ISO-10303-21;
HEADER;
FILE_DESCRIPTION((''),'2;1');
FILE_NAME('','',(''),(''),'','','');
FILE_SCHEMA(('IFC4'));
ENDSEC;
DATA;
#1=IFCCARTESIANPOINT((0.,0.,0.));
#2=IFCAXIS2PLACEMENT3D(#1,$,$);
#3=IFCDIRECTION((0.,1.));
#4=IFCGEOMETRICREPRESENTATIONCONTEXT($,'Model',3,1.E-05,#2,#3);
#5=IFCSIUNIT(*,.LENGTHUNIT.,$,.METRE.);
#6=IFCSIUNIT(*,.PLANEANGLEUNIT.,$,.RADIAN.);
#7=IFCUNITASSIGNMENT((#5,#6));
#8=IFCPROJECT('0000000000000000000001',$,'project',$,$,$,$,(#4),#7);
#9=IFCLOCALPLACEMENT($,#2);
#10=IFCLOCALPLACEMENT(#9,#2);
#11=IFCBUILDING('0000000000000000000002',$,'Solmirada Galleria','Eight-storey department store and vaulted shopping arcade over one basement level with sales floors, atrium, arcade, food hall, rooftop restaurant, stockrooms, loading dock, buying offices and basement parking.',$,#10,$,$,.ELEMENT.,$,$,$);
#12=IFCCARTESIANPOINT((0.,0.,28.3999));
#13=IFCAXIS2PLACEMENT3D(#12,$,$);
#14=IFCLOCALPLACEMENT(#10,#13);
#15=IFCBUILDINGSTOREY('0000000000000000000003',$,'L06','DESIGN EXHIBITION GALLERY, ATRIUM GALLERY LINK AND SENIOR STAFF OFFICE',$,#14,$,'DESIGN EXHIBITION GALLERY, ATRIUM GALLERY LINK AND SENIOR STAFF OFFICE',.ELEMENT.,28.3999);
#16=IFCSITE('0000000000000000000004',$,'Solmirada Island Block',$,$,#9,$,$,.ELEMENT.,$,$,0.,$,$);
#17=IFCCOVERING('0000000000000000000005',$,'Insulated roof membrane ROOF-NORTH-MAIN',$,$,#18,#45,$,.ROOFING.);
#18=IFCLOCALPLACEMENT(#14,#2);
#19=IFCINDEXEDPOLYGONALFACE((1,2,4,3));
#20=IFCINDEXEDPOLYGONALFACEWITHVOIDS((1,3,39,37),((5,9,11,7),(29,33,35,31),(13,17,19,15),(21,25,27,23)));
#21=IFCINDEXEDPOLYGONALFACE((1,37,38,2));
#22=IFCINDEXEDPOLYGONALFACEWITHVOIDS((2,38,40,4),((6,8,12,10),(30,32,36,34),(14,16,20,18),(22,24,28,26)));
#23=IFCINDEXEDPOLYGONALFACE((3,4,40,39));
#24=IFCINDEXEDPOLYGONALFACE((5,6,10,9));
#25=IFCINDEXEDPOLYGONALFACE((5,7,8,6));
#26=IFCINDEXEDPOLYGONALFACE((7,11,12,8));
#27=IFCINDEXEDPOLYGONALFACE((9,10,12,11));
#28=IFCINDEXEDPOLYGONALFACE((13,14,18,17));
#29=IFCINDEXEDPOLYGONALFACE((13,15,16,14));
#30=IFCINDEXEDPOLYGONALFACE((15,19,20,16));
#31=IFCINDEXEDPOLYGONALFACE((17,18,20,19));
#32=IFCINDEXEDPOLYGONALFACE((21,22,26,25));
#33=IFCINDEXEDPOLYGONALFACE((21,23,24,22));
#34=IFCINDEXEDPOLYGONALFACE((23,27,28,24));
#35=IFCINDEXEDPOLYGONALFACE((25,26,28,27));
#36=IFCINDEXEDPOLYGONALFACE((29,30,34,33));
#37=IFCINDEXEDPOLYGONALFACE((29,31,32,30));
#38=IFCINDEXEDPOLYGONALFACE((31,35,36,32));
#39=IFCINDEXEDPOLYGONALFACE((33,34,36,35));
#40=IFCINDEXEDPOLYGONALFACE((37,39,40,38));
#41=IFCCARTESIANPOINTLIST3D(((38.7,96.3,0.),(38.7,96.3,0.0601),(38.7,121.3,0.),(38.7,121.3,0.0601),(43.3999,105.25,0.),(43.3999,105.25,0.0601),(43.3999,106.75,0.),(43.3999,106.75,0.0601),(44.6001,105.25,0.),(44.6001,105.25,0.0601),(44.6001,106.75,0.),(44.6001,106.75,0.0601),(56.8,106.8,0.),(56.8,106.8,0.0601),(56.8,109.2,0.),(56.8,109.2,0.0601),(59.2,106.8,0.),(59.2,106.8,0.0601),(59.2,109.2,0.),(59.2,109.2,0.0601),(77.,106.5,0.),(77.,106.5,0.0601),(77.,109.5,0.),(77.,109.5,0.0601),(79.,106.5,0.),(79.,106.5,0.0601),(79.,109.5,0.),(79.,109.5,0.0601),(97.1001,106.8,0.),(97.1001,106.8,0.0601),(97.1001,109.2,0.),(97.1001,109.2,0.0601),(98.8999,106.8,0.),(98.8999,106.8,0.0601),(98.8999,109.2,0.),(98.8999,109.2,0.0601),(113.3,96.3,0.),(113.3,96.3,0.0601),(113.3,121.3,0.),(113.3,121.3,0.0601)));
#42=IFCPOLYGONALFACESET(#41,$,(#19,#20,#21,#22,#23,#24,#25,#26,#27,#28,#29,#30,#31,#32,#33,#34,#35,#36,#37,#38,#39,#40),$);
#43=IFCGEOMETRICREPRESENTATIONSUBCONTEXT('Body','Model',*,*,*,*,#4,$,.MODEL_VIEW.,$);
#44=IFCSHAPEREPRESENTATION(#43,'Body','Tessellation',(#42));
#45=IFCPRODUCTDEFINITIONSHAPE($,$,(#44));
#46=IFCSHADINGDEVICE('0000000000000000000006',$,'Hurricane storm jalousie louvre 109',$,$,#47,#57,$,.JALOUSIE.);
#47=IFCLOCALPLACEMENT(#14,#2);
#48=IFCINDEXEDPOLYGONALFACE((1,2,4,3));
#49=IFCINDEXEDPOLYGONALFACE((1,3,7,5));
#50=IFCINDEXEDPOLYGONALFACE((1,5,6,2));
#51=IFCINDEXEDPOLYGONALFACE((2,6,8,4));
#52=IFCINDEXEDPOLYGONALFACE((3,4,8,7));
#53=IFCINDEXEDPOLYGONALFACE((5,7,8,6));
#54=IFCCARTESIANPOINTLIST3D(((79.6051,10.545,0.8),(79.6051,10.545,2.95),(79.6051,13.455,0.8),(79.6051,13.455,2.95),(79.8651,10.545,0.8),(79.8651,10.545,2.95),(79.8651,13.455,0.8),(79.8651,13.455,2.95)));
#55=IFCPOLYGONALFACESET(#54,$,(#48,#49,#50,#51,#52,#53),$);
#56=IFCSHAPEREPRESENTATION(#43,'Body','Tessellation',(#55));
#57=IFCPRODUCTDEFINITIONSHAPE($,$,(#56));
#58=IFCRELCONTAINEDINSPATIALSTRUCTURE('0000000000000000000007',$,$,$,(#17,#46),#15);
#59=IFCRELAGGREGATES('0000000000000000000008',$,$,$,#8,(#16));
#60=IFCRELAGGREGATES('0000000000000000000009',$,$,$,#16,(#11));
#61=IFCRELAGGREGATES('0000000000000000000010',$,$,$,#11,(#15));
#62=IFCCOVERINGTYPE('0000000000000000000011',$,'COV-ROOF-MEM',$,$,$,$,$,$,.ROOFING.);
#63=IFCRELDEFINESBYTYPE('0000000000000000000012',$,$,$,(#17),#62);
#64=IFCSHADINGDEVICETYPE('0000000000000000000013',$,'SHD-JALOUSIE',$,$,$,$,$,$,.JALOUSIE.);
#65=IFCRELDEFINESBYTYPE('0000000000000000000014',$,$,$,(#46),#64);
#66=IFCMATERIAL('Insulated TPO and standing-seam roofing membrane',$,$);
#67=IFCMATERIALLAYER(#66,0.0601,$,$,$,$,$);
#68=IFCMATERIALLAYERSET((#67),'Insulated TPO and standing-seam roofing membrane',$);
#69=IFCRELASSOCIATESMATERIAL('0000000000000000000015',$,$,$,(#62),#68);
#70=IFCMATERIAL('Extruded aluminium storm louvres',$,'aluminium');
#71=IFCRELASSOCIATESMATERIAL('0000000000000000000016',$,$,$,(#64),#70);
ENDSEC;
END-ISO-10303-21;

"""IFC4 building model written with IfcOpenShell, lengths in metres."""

from ifc_helpers import new_model, si_unit, direction, frame, origin, origin_2d, place, context, subcontext, project, spatial, polyline, rectangle, outline, extrude, material, layer, layer_set, type_object, element, save


model = new_model("IFC4")

# Units and contexts
model_context = context("Model", 3, precision=1e-05, world=origin(), true_north=direction((0.0, 1.0)))
body_context = subcontext(model_context, "Body", "Model", "MODEL_VIEW")
ifc_project = project(units=[si_unit("LENGTHUNIT", "METRE"), si_unit("PLANEANGLEUNIT", "RADIAN")], contexts=[model_context])

# Site, building, storey
site_placement = place(None, origin())
site = spatial("IfcSite", under=ifc_project, at=site_placement, Name="Solmirada Island Block", CompositionType="ELEMENT", RefElevation=0.0)
building_placement = place(site_placement, origin())
building = spatial("IfcBuilding", under=site, at=building_placement, Name="Solmirada Galleria", Description="Eight-storey department store and vaulted shopping arcade over one basement level with sales floors, atrium, arcade, food hall, rooftop restaurant, stockrooms, loading dock, buying offices and basement parking.", CompositionType="ELEMENT")
storey_placement = place(building_placement, frame((0.0, 0.0, 28.3999)))
storey = spatial("IfcBuildingStorey", under=building, at=storey_placement, Name="L06", Description="DESIGN EXHIBITION GALLERY, ATRIUM GALLERY LINK AND SENIOR STAFF OFFICE", LongName="DESIGN EXHIBITION GALLERY, ATRIUM GALLERY LINK AND SENIOR STAFF OFFICE", CompositionType="ELEMENT", Elevation=28.3999)

# Covering
ifc_material_1 = material(Name="Insulated TPO and standing-seam roofing membrane")
ifc_layer_1 = layer(ifc_material_1, 0.0601)
ifc_layer_set_1 = layer_set([ifc_layer_1], Name="Insulated TPO and standing-seam roofing membrane")
covering_type_1 = type_object("IfcCoveringType", Name="COV-ROOF-MEM", PredefinedType="ROOFING", material=ifc_layer_set_1)
covering_1_placement = place(storey_placement, origin())
element("IfcCovering", 1, at=covering_1_placement, inside=storey, type_object=covering_type_1, Name="Insulated roof membrane ROOF-NORTH-MAIN", PredefinedType="ROOFING", context=body_context, shape_type="SweptSolid", body=[
    extrude(outline(polyline([(38.7, 96.3), (113.3, 96.3), (113.3, 121.3), (38.7, 121.3), (38.7, 96.3)]), holes=[polyline([(56.8, 106.8), (59.2, 106.8), (59.2, 109.2), (56.8, 109.2), (56.8, 106.8)]), polyline([(77.0, 106.5), (79.0, 106.5), (79.0, 109.5), (77.0, 109.5), (77.0, 106.5)]), polyline([(97.1001, 106.8), (98.8999, 106.8), (98.8999, 109.2), (97.1001, 109.2), (97.1001, 106.8)]), polyline([(43.3999, 105.25), (44.6001, 105.25), (44.6001, 106.75), (43.3999, 106.75), (43.3999, 105.25)])]), origin(), (0.0, 0.0, 1.0), 0.0601),
])

# Shading device
ifc_material_2 = material(Name="Extruded aluminium storm louvres", Category="aluminium")
shading_device_type = type_object("IfcShadingDeviceType", Name="SHD-JALOUSIE", PredefinedType="JALOUSIE", material=ifc_material_2)
shading_device_placement = place(storey_placement, frame((79.7351, 12.0, 0.8), z_axis=(0.0, 0.0, 1.0), x_axis=(0.0, 1.0, 0.0)))
element("IfcShadingDevice", 2, at=shading_device_placement, inside=storey, type_object=shading_device_type, Name="Hurricane storm jalousie louvre 109", PredefinedType="JALOUSIE", context=body_context, shape_type="SweptSolid", body=[
    extrude(rectangle(XDim=2.9099, YDim=0.26, at=origin_2d()), origin(), (0.0, 0.0, 1.0), 2.1499),
])

save(model, "model.ifc")
